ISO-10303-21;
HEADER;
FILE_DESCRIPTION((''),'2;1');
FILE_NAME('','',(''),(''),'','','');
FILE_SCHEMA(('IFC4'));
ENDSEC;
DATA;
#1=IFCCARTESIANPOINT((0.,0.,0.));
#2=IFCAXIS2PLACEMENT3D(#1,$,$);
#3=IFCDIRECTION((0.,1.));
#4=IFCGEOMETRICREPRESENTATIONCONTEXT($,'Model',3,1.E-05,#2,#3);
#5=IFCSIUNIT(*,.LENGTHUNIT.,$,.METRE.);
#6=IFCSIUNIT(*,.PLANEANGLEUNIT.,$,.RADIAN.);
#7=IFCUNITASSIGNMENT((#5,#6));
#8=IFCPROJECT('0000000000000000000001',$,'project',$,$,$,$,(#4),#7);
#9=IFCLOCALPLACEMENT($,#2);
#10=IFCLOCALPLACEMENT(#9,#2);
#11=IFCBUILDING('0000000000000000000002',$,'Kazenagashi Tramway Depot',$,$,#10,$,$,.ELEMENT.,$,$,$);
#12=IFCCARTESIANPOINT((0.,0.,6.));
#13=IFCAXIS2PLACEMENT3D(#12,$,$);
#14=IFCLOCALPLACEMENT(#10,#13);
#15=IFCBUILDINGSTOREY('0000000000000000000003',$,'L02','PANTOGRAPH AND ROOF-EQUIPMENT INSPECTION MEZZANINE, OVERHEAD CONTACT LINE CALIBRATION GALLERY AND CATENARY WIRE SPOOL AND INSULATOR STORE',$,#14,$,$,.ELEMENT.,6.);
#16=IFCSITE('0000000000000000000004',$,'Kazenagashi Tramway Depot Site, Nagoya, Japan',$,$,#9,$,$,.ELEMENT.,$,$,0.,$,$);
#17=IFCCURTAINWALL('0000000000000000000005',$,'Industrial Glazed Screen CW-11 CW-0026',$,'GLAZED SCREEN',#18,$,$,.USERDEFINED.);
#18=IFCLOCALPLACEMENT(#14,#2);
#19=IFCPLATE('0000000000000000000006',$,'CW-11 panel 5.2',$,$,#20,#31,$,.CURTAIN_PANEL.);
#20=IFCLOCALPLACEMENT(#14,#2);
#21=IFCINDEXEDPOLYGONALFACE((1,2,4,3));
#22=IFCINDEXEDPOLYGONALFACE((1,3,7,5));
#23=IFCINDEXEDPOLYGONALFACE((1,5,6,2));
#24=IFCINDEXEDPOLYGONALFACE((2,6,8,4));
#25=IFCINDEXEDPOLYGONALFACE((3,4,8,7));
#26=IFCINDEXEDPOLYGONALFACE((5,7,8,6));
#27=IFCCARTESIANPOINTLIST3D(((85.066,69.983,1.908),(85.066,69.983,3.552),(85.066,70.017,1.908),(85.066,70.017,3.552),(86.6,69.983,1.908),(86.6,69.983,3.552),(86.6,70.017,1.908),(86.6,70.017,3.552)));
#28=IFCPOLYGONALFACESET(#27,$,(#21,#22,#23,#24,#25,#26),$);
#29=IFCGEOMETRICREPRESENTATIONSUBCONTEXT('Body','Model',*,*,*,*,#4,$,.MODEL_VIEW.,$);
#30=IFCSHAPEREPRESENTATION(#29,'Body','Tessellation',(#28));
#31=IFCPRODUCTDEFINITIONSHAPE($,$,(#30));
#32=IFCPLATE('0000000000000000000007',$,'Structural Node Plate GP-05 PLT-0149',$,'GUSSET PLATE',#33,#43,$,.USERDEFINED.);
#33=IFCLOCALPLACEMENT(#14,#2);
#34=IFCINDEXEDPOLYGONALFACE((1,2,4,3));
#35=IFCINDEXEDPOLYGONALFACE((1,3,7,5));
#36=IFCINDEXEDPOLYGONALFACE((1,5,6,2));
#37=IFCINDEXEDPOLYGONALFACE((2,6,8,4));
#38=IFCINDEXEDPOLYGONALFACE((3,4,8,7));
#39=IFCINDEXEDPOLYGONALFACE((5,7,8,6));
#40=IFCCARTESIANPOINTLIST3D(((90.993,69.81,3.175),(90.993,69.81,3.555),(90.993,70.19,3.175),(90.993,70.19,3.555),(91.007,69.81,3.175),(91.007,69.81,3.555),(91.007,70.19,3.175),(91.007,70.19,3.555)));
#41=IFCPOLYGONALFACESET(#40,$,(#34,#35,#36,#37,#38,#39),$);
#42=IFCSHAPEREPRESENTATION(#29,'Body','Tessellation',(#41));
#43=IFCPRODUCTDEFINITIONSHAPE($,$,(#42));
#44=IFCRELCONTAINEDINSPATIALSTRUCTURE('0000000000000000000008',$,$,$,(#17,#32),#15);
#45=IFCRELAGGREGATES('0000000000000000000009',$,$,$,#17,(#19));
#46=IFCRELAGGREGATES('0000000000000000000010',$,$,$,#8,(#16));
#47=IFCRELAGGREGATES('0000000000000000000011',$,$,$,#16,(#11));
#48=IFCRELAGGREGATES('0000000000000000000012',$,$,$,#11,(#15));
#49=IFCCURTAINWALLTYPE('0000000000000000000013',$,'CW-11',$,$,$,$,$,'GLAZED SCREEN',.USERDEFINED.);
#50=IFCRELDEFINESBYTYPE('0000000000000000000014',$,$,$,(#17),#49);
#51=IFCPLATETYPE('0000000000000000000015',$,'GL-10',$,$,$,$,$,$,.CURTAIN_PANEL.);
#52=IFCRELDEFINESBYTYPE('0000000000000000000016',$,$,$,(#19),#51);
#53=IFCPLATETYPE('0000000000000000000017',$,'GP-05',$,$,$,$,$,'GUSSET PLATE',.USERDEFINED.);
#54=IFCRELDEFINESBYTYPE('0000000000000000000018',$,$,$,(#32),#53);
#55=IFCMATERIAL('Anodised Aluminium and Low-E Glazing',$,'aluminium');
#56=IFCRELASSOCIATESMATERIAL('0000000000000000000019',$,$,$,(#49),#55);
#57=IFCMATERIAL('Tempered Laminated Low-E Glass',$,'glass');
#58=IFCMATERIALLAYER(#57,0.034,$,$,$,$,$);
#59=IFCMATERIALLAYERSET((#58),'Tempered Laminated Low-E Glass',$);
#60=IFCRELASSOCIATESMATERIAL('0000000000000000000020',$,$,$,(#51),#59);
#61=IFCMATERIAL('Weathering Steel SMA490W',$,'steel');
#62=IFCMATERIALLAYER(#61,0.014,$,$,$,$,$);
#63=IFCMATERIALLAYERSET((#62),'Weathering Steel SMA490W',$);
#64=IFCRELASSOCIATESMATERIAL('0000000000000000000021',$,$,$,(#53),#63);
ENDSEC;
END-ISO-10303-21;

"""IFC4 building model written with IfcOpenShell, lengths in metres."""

from ifc_helpers import new_model, si_unit, direction, frame, origin, origin_2d, place, context, subcontext, project, spatial, rectangle, extrude, material, layer, layer_set, type_object, element, aggregate, save


model = new_model("IFC4")

# Units and contexts
model_context = context("Model", 3, precision=1e-05, world=origin(), true_north=direction((0.0, 1.0)))
body_context = subcontext(model_context, "Body", "Model", "MODEL_VIEW")
ifc_project = project(units=[si_unit("LENGTHUNIT", "METRE"), si_unit("PLANEANGLEUNIT", "RADIAN")], contexts=[model_context])

# Site, building, storey
site_placement = place(None, origin())
site = spatial("IfcSite", under=ifc_project, at=site_placement, Name="Kazenagashi Tramway Depot Site, Nagoya, Japan", CompositionType="ELEMENT", RefElevation=0.0)
building_placement = place(site_placement, origin())
building = spatial("IfcBuilding", under=site, at=building_placement, Name="Kazenagashi Tramway Depot", CompositionType="ELEMENT")
storey_placement = place(building_placement, frame((0.0, 0.0, 6.0)))
storey = spatial("IfcBuildingStorey", under=building, at=storey_placement, Name="L02", Description="PANTOGRAPH AND ROOF-EQUIPMENT INSPECTION MEZZANINE, OVERHEAD CONTACT LINE CALIBRATION GALLERY AND CATENARY WIRE SPOOL AND INSULATOR STORE", CompositionType="ELEMENT", Elevation=6.0)

# Curtain wall
ifc_material_1 = material(Name="Anodised Aluminium and Low-E Glazing", Category="aluminium")
curtain_wall_type_1 = type_object("IfcCurtainWallType", Name="CW-11", ElementType="GLAZED SCREEN", PredefinedType="USERDEFINED", material=ifc_material_1)
curtain_wall_1_placement = place(storey_placement, origin())
curtain_wall_1 = element("IfcCurtainWall", 1, at=curtain_wall_1_placement, inside=storey, type_object=curtain_wall_type_1, Name="Industrial Glazed Screen CW-11 CW-0026", ObjectType="GLAZED SCREEN", PredefinedType="USERDEFINED")

# Plates
ifc_material_2 = material(Name="Tempered Laminated Low-E Glass", Category="glass")
ifc_layer_1 = layer(ifc_material_2, 0.034)
ifc_layer_set_1 = layer_set([ifc_layer_1], Name="Tempered Laminated Low-E Glass")
plate_type_1 = type_object("IfcPlateType", Name="GL-10", PredefinedType="CURTAIN_PANEL", material=ifc_layer_set_1)
plate_1_placement = place(storey_placement, frame((85.833, 70.0, 1.908), z_axis=(0.0, 0.0, 1.0), x_axis=(1.0, 0.0, 0.0)))
plate_1 = element("IfcPlate", 2, at=plate_1_placement, type_object=plate_type_1, Name="CW-11 panel 5.2", PredefinedType="CURTAIN_PANEL", context=body_context, shape_type="SweptSolid", body=[
    extrude(rectangle(XDim=1.534, YDim=0.034, at=origin_2d()), origin(), (0.0, 0.0, 1.0), 1.644),
])
aggregate(curtain_wall_1, [plate_1])
ifc_material_3 = material(Name="Weathering Steel SMA490W", Category="steel")
ifc_layer_2 = layer(ifc_material_3, 0.014)
ifc_layer_set_2 = layer_set([ifc_layer_2], Name="Weathering Steel SMA490W")
plate_type_2 = type_object("IfcPlateType", Name="GP-05", ElementType="GUSSET PLATE", PredefinedType="USERDEFINED", material=ifc_layer_set_2)
plate_2_placement = place(storey_placement, frame((91.0, 70.0, 3.175), z_axis=(0.0, 0.0, 1.0), x_axis=(0.0, 1.0, 0.0)))
element("IfcPlate", 3, at=plate_2_placement, inside=storey, type_object=plate_type_2, Name="Structural Node Plate GP-05 PLT-0149", ObjectType="GUSSET PLATE", PredefinedType="USERDEFINED", context=body_context, shape_type="SweptSolid", body=[
    extrude(rectangle(XDim=0.38, YDim=0.014, at=origin_2d()), origin(), (0.0, 0.0, 1.0), 0.38),
])

save(model, "model.ifc")
